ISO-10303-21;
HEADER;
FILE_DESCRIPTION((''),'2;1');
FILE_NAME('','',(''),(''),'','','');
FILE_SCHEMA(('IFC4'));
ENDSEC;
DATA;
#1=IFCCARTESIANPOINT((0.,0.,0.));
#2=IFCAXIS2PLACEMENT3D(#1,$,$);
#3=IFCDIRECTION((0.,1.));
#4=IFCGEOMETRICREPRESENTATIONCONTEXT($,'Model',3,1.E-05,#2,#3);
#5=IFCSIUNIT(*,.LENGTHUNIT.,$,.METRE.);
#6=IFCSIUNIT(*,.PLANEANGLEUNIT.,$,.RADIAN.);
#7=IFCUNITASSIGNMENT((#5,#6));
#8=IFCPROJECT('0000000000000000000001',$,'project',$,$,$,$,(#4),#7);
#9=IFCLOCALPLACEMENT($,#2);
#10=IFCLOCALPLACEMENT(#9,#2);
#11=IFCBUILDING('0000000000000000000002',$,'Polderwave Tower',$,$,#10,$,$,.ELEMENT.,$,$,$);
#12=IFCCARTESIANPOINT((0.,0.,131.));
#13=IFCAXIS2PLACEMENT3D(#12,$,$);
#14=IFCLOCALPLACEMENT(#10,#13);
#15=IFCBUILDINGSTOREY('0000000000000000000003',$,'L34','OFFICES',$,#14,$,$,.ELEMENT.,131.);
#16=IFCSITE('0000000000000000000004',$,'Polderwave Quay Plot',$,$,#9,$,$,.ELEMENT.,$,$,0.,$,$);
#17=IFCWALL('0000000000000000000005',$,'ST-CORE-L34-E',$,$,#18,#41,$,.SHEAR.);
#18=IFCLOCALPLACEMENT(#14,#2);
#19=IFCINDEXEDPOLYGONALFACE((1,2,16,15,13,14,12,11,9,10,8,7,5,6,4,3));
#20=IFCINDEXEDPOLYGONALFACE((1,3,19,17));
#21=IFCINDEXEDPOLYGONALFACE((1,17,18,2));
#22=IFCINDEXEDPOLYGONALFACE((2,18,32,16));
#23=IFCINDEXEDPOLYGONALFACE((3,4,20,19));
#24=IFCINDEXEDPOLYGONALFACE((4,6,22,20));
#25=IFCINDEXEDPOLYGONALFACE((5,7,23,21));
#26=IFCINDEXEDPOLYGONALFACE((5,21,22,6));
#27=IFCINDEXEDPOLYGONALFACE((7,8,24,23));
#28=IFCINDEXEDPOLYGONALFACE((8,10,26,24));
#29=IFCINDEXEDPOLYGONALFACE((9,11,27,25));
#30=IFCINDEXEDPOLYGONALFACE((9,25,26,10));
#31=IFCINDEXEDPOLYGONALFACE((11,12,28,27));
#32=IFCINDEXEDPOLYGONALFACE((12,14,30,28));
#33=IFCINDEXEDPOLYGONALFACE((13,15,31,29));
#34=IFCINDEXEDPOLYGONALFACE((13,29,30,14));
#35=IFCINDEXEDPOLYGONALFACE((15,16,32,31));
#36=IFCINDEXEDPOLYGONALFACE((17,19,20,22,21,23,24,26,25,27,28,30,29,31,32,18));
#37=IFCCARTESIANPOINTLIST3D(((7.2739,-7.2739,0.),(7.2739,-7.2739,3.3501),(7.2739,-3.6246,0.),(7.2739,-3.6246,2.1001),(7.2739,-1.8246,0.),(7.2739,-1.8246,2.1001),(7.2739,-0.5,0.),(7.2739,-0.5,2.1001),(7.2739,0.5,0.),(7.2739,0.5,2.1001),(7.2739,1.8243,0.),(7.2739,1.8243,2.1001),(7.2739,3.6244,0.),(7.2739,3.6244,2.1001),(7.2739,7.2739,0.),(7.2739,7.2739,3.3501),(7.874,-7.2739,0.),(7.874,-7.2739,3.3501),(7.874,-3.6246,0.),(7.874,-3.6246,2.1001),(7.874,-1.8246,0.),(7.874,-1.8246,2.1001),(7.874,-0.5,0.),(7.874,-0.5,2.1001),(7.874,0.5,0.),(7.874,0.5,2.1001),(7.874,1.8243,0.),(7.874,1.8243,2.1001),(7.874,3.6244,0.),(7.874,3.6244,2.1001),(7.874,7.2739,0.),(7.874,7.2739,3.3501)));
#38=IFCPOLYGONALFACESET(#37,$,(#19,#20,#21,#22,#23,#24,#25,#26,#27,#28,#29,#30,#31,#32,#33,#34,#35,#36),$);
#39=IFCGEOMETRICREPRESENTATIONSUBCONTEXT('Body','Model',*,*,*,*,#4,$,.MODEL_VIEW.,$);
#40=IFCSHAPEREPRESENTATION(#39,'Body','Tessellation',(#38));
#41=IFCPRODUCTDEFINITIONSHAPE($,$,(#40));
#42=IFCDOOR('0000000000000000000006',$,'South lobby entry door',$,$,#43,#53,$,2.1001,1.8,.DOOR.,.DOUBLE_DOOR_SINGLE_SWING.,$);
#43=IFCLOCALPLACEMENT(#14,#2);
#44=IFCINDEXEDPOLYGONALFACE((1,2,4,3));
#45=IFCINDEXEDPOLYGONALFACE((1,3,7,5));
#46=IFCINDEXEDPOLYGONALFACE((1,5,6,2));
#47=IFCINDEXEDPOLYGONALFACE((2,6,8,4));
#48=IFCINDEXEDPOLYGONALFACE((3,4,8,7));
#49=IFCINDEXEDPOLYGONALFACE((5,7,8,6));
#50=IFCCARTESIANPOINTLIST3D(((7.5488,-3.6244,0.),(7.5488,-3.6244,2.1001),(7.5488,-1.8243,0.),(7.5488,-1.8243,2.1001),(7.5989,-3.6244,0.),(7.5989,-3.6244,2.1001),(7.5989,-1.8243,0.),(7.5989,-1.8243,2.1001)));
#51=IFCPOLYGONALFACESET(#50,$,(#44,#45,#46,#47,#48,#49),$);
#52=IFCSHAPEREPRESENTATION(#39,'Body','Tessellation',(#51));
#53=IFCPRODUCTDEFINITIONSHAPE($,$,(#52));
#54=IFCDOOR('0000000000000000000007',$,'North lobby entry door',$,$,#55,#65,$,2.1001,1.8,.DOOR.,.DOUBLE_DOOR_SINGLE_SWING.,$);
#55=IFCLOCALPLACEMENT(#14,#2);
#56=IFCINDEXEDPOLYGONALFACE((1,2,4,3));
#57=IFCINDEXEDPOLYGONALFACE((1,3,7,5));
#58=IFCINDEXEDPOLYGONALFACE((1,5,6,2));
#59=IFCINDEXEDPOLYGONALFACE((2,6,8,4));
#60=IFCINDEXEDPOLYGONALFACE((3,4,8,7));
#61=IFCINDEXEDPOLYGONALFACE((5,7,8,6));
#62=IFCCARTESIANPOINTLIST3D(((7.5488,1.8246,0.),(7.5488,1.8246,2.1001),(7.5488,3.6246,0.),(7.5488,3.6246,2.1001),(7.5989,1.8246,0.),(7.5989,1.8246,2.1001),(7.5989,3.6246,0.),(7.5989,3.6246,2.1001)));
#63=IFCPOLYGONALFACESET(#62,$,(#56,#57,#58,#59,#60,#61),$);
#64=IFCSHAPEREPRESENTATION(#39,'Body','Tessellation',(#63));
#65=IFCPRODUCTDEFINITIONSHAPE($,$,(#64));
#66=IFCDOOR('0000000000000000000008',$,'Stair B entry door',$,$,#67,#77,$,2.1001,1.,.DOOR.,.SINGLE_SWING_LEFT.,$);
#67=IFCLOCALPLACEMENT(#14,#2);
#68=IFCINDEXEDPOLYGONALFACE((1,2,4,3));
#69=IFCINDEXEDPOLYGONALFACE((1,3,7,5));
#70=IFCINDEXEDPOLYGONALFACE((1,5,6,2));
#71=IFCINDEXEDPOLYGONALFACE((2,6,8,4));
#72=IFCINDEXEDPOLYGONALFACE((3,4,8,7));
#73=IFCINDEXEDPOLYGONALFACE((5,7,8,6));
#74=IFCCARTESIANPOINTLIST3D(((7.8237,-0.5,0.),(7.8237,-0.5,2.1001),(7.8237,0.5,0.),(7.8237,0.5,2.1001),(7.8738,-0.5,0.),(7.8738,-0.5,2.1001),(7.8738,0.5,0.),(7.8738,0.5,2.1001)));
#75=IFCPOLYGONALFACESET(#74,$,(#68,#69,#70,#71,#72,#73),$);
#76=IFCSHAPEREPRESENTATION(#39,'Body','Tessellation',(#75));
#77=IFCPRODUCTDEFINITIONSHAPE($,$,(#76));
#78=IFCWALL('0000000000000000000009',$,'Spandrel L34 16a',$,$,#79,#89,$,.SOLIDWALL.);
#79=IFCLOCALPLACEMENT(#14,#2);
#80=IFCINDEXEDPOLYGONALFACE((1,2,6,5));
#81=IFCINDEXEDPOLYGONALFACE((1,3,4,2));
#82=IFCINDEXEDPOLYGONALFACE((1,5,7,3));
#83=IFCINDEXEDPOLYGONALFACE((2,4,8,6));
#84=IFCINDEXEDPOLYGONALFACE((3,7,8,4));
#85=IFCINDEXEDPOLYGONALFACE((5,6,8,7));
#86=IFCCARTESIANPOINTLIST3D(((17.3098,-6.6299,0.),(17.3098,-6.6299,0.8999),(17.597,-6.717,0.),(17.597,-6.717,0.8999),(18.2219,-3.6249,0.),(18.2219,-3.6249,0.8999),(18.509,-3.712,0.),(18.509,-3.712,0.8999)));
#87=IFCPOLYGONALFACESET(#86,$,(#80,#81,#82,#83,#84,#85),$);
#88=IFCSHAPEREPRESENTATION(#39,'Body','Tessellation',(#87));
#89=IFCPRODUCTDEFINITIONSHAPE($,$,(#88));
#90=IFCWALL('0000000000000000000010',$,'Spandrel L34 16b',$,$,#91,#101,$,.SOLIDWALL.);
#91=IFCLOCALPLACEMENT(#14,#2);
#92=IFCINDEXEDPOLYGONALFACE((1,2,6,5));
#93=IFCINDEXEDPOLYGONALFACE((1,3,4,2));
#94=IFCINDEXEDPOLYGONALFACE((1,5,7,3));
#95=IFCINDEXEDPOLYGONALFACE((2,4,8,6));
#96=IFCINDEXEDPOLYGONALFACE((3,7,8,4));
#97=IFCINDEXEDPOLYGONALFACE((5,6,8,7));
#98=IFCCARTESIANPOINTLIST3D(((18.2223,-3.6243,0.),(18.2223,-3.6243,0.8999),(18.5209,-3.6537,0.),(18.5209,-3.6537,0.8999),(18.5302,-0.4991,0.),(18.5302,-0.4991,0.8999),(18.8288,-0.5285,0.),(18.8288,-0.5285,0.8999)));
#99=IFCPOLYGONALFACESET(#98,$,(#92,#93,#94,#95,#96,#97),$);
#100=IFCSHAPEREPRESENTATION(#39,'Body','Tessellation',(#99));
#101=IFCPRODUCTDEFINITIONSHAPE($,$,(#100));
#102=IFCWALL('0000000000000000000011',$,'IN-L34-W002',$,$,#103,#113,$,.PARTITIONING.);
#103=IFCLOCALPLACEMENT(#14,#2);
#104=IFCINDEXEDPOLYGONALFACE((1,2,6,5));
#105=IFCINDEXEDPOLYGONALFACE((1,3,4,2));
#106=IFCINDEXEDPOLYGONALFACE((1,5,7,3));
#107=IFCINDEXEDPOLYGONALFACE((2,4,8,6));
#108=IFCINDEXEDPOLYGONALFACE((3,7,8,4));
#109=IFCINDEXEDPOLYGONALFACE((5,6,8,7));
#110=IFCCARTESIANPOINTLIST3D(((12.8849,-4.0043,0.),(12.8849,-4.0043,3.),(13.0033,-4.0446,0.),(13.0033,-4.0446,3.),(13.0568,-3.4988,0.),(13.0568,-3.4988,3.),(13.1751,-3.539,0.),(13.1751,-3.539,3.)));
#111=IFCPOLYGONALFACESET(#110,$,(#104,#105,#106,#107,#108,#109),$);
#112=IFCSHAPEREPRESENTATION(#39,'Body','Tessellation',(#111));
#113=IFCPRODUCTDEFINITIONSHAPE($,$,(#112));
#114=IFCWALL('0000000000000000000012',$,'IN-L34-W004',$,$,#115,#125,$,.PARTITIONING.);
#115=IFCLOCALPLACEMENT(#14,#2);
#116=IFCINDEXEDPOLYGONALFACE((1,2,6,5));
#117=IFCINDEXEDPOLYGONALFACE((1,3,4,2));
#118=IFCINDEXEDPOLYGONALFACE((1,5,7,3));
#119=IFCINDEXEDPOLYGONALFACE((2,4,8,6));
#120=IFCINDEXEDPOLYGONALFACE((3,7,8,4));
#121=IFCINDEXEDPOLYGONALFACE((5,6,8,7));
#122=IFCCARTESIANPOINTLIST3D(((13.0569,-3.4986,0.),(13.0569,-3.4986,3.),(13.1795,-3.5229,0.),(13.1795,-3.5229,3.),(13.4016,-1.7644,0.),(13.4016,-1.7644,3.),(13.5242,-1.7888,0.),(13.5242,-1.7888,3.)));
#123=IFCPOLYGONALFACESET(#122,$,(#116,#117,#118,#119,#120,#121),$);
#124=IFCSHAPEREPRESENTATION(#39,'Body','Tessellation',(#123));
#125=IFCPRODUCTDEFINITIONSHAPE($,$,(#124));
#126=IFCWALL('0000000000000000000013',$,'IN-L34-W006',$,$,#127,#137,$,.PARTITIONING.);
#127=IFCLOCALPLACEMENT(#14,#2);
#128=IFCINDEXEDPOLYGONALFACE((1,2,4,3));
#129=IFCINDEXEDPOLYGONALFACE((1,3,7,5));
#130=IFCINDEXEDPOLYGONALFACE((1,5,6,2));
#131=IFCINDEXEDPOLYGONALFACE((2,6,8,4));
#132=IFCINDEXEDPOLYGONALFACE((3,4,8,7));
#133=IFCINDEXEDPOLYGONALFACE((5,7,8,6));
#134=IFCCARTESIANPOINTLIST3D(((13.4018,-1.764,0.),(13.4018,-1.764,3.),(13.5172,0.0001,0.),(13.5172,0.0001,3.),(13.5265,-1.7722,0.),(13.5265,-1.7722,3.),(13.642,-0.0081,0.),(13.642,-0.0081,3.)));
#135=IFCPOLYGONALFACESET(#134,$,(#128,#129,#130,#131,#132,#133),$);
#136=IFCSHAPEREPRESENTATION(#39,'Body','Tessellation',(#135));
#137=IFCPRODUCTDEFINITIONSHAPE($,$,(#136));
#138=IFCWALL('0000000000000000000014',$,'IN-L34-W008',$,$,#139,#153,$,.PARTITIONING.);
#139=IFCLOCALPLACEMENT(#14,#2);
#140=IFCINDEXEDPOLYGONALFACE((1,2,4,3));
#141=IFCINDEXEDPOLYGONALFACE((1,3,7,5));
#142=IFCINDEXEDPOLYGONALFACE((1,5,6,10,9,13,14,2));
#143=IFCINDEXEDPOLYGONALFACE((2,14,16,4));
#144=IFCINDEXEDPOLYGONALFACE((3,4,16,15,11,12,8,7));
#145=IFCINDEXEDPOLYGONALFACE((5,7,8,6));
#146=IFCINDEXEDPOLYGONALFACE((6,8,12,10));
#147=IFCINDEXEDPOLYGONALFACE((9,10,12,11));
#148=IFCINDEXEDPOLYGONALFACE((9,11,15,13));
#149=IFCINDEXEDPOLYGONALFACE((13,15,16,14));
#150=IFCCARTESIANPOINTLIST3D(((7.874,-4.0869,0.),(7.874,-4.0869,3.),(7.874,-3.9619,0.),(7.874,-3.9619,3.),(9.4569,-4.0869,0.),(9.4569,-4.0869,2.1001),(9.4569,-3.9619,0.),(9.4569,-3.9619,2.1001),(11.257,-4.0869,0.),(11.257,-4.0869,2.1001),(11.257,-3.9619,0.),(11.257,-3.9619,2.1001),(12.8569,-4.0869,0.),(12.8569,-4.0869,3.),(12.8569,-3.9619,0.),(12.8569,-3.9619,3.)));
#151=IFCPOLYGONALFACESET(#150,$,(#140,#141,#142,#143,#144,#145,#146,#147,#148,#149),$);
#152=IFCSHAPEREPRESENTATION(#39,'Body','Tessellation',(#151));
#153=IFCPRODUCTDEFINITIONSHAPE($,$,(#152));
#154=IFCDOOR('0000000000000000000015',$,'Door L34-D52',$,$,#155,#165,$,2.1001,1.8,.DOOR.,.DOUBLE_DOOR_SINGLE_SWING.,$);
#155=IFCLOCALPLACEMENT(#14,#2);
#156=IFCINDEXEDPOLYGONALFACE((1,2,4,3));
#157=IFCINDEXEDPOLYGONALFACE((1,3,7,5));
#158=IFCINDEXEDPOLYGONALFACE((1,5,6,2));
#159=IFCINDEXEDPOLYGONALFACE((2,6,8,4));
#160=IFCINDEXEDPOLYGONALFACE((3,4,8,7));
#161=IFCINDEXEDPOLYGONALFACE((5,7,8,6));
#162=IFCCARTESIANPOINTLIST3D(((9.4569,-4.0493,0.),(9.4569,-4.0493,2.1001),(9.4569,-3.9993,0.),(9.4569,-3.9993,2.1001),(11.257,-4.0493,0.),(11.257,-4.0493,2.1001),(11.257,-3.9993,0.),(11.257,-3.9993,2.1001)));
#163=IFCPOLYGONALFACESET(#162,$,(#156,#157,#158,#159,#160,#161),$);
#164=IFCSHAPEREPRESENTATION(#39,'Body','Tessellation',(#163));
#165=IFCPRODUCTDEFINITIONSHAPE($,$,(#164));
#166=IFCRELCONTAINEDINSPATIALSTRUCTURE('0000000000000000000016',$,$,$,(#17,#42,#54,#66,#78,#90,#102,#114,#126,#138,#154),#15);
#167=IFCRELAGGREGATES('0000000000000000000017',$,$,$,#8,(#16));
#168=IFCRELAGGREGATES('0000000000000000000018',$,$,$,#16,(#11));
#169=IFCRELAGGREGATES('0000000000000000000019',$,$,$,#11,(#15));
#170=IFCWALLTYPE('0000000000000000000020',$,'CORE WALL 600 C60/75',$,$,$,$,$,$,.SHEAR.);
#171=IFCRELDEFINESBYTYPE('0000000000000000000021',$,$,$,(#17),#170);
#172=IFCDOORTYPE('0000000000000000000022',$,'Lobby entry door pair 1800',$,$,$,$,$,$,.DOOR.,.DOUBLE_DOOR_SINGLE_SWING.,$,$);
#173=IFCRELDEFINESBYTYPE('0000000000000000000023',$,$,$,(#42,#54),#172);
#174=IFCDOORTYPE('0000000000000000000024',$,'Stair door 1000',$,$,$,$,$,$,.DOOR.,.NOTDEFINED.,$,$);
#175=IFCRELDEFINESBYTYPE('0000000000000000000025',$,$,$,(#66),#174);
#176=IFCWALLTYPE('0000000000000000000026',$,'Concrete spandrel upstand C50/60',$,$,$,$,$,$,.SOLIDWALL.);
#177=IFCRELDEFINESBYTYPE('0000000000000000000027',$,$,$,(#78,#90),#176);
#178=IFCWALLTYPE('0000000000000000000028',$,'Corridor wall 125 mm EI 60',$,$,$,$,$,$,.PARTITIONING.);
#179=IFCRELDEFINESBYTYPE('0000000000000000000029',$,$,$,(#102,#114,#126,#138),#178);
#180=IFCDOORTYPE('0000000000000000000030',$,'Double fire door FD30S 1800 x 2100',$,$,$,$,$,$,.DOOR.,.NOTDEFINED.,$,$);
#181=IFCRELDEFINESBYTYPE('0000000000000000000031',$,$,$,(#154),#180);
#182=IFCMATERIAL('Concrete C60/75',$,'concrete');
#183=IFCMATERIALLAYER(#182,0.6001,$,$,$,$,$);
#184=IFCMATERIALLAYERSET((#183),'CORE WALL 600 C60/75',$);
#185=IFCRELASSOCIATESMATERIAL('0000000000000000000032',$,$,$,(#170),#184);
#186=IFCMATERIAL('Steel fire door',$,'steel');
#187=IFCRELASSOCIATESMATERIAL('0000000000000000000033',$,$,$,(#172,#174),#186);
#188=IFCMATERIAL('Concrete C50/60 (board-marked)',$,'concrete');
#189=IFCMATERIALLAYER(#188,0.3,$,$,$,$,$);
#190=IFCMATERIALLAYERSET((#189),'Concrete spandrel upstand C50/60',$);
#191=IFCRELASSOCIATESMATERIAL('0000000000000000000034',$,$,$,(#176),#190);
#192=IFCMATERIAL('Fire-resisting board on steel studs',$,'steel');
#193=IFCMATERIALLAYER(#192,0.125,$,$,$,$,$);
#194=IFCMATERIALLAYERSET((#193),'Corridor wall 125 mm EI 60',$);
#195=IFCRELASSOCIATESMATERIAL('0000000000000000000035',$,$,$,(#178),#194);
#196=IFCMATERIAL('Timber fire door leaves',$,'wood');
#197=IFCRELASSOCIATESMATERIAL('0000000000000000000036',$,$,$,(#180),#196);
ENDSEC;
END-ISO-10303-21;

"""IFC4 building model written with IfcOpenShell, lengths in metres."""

from ifc_helpers import new_model, si_unit, direction, frame, frame_2d, origin, place, context, subcontext, project, spatial, rectangle, extrude, material, layer, layer_set, type_object, element, fill, save


model = new_model("IFC4")

# Units and contexts
model_context = context("Model", 3, precision=1e-05, world=origin(), true_north=direction((0.0, 1.0)))
body_context = subcontext(model_context, "Body", "Model", "MODEL_VIEW")
ifc_project = project(units=[si_unit("LENGTHUNIT", "METRE"), si_unit("PLANEANGLEUNIT", "RADIAN")], contexts=[model_context])

# Site, building, storey
site_placement = place(None, origin())
site = spatial("IfcSite", under=ifc_project, at=site_placement, Name="Polderwave Quay Plot", CompositionType="ELEMENT", RefElevation=0.0)
building_placement = place(site_placement, origin())
building = spatial("IfcBuilding", under=site, at=building_placement, Name="Polderwave Tower", CompositionType="ELEMENT")
storey_placement = place(building_placement, frame((0.0, 0.0, 131.0)))
storey = spatial("IfcBuildingStorey", under=building, at=storey_placement, Name="L34", Description="OFFICES", CompositionType="ELEMENT", Elevation=131.0)

# Shared definitions
ifc_material_1 = material(Name="Concrete C60/75", Category="concrete")

# Wall, openings, doors
ifc_layer_1 = layer(ifc_material_1, 0.6001)
ifc_layer_set_1 = layer_set([ifc_layer_1], Name="CORE WALL 600 C60/75")
wall_type_1 = type_object("IfcWallType", Name="CORE WALL 600 C60/75", PredefinedType="SHEAR", material=ifc_layer_set_1)
wall_1_placement = place(storey_placement, frame((7.574, -7.2739, 0.0), z_axis=(0.0, 0.0, 1.0), x_axis=(0.0, 1.0, 0.0)))
wall_1 = element("IfcWall", 1, at=wall_1_placement, inside=storey, type_object=wall_type_1, Name="ST-CORE-L34-E", PredefinedType="SHEAR", context=body_context, shape_type="SweptSolid", body=[
    extrude(rectangle(XDim=14.5479, YDim=0.6001, at=frame_2d((7.2739, 0.0))), origin(), (0.0, 0.0, 1.0), 3.3501),
])
opening_1_placement = place(wall_1_placement, frame((6.7739, 0.0, 0.0)))
opening_1 = element("IfcOpeningElement", 2, at=opening_1_placement, cuts=wall_1, PredefinedType="OPENING", context=body_context, shape_type="SweptSolid", body=[
    extrude(rectangle(XDim=1.0, YDim=2.1001, at=frame_2d((0.5, 1.05))), frame((0.0, 0.3101, 0.0), z_axis=(0.0, -1.0, 0.0), x_axis=(1.0, 0.0, 0.0)), (0.0, 0.0, 1.0), 0.6201),
])
opening_2_placement = place(wall_1_placement, frame((3.6494, 0.0, 0.0)))
opening_2 = element("IfcOpeningElement", 3, at=opening_2_placement, cuts=wall_1, PredefinedType="OPENING", context=body_context, shape_type="SweptSolid", body=[
    extrude(rectangle(XDim=1.8, YDim=2.1001, at=frame_2d((0.8999, 1.05))), frame((0.0, 0.3101, 0.0), z_axis=(0.0, -1.0, 0.0), x_axis=(1.0, 0.0, 0.0)), (0.0, 0.0, 1.0), 0.6201),
])
opening_3_placement = place(wall_1_placement, frame((9.0984, 0.0, 0.0)))
opening_3 = element("IfcOpeningElement", 4, at=opening_3_placement, cuts=wall_1, PredefinedType="OPENING", context=body_context, shape_type="SweptSolid", body=[
    extrude(rectangle(XDim=1.8, YDim=2.1001, at=frame_2d((0.8999, 1.05))), frame((0.0, 0.3101, 0.0), z_axis=(0.0, -1.0, 0.0), x_axis=(1.0, 0.0, 0.0)), (0.0, 0.0, 1.0), 0.6201),
])
ifc_material_2 = material(Name="Steel fire door", Category="steel")
door_type_1 = type_object("IfcDoorType", Name="Lobby entry door pair 1800", OperationType="DOUBLE_DOOR_SINGLE_SWING", PredefinedType="DOOR", material=ifc_material_2)
door_1_placement = place(opening_2_placement, frame((1.8, 0.0, 0.0), z_axis=(0.0, 0.0, 1.0), x_axis=(-1.0, 0.0, 0.0)))
door_1 = element("IfcDoor", 5, at=door_1_placement, inside=storey, type_object=door_type_1, Name="South lobby entry door", OperationType="DOUBLE_DOOR_SINGLE_SWING", OverallHeight=2.1001, OverallWidth=1.8, PredefinedType="DOOR", context=body_context, shape_type="SweptSolid", body=[
    extrude(rectangle(XDim=1.8, YDim=2.1001, at=frame_2d((0.8999, 1.05))), frame((0.0, 0.0249, 0.0), z_axis=(0.0, -1.0, 0.0), x_axis=(1.0, 0.0, 0.0)), (0.0, 0.0, 1.0), 0.05),
])
fill(opening_2, door_1)
door_2_placement = place(opening_3_placement, frame((1.8, 0.0, 0.0), z_axis=(0.0, 0.0, 1.0), x_axis=(-1.0, 0.0, 0.0)))
door_2 = element("IfcDoor", 6, at=door_2_placement, inside=storey, type_object=door_type_1, Name="North lobby entry door", OperationType="DOUBLE_DOOR_SINGLE_SWING", OverallHeight=2.1001, OverallWidth=1.8, PredefinedType="DOOR", context=body_context, shape_type="SweptSolid", body=[
    extrude(rectangle(XDim=1.8, YDim=2.1001, at=frame_2d((0.8999, 1.05))), frame((0.0, 0.0249, 0.0), z_axis=(0.0, -1.0, 0.0), x_axis=(1.0, 0.0, 0.0)), (0.0, 0.0, 1.0), 0.05),
])
fill(opening_3, door_2)
door_type_2 = type_object("IfcDoorType", Name="Stair door 1000", OperationType="NOTDEFINED", PredefinedType="DOOR", material=ifc_material_2)
door_3_placement = place(opening_1_placement, frame((1.0, 0.0, 0.0), z_axis=(0.0, 0.0, 1.0), x_axis=(-1.0, 0.0, 0.0)))
door_3 = element("IfcDoor", 7, at=door_3_placement, inside=storey, type_object=door_type_2, Name="Stair B entry door", OperationType="SINGLE_SWING_LEFT", OverallHeight=2.1001, OverallWidth=1.0, PredefinedType="DOOR", context=body_context, shape_type="SweptSolid", body=[
    extrude(rectangle(XDim=1.0, YDim=2.1001, at=frame_2d((0.5, 1.05))), frame((0.0, 0.2998, 0.0), z_axis=(0.0, -1.0, 0.0), x_axis=(1.0, 0.0, 0.0)), (0.0, 0.0, 1.0), 0.05),
])
fill(opening_1, door_3)

# Walls
ifc_material_3 = material(Name="Concrete C50/60 (board-marked)", Category="concrete")
ifc_layer_2 = layer(ifc_material_3, 0.3)
ifc_layer_set_2 = layer_set([ifc_layer_2], Name="Concrete spandrel upstand C50/60")
wall_type_2 = type_object("IfcWallType", Name="Concrete spandrel upstand C50/60", PredefinedType="SOLIDWALL", material=ifc_layer_set_2)
for number, where, z_axis, x_axis, name in (
    (8, (17.4534, -6.6736, 0.0), (0.0, 0.0, 1.0), (0.290435, 0.956895, 0.0), "Spandrel L34 16a"),
    (9, (18.3716, -3.6392, 0.0), (0.0, 0.0, 1.0), (0.098033, 0.995183, 0.0), "Spandrel L34 16b"),
):
    element("IfcWall", number, at=place(storey_placement, frame(where, z_axis=z_axis, x_axis=x_axis)), inside=storey, type_object=wall_type_2, Name=name, PredefinedType="SOLIDWALL", context=body_context, shape_type="SweptSolid", body=[
        extrude(rectangle(XDim=3.1404, YDim=0.3, at=frame_2d((1.5703, 0.0))), origin(), (0.0, 0.0, 1.0), 0.8999),
    ])
ifc_material_4 = material(Name="Fire-resisting board on steel studs", Category="steel")
ifc_layer_3 = layer(ifc_material_4, 0.125)
ifc_layer_set_3 = layer_set([ifc_layer_3], Name="Corridor wall 125 mm EI 60")
wall_type_3 = type_object("IfcWallType", Name="Corridor wall 125 mm EI 60", PredefinedType="PARTITIONING", material=ifc_layer_set_3)
wall_2_placement = place(storey_placement, frame((13.116, -3.5188, 0.0), z_axis=(0.0, 0.0, 1.0), x_axis=(-0.321845, -0.946792, 0.0)))
element("IfcWall", 10, at=wall_2_placement, inside=storey, type_object=wall_type_3, Name="IN-L34-W002", PredefinedType="PARTITIONING", context=body_context, shape_type="SweptSolid", body=[
    extrude(rectangle(XDim=0.5339, YDim=0.125, at=frame_2d((0.2671, 0.0))), origin(), (0.0, 0.0, 1.0), 3.0),
])
wall_3_placement = place(storey_placement, frame((13.4629, -1.7766, 0.0), z_axis=(0.0, 0.0, 1.0), x_axis=(-0.194974, -0.980808, 0.0)))
element("IfcWall", 11, at=wall_3_placement, inside=storey, type_object=wall_type_3, Name="IN-L34-W004", PredefinedType="PARTITIONING", context=body_context, shape_type="SweptSolid", body=[
    extrude(rectangle(XDim=1.7681, YDim=0.125, at=frame_2d((0.884, 0.0))), origin(), (0.0, 0.0, 1.0), 3.0),
])
wall_4_placement = place(storey_placement, frame((13.5796, -0.0042, 0.0), z_axis=(0.0, 0.0, 1.0), x_axis=(-0.065318, -0.997864, 0.0)))
element("IfcWall", 12, at=wall_4_placement, inside=storey, type_object=wall_type_3, Name="IN-L34-W006", PredefinedType="PARTITIONING", context=body_context, shape_type="SweptSolid", body=[
    extrude(rectangle(XDim=1.7678, YDim=0.125, at=frame_2d((0.8838, 0.0))), origin(), (0.0, 0.0, 1.0), 3.0),
])

# Wall, opening, door
wall_5_placement = place(storey_placement, frame((12.8569, -4.0244, 0.0), z_axis=(0.0, 0.0, 1.0), x_axis=(-1.0, 0.0, 0.0)))
wall_5 = element("IfcWall", 13, at=wall_5_placement, inside=storey, type_object=wall_type_3, Name="IN-L34-W008", PredefinedType="PARTITIONING", context=body_context, shape_type="SweptSolid", body=[
    extrude(rectangle(XDim=4.9829, YDim=0.125, at=frame_2d((2.4915, 0.0))), origin(), (0.0, 0.0, 1.0), 3.0),
])
opening_4_placement = place(wall_5_placement, frame((1.6001, 0.0, 0.0)))
opening_4 = element("IfcOpeningElement", 14, at=opening_4_placement, cuts=wall_5, PredefinedType="OPENING", context=body_context, shape_type="SweptSolid", body=[
    extrude(rectangle(XDim=1.8, YDim=2.1001, at=frame_2d((0.8999, 1.05))), frame((0.0, 0.0725, 0.0), z_axis=(0.0, -1.0, 0.0), x_axis=(1.0, 0.0, 0.0)), (0.0, 0.0, 1.0), 0.145),
])
ifc_material_5 = material(Name="Timber fire door leaves", Category="wood")
door_type_3 = type_object("IfcDoorType", Name="Double fire door FD30S 1800 x 2100", OperationType="NOTDEFINED", PredefinedType="DOOR", material=ifc_material_5)
door_4_placement = place(opening_4_placement, origin())
door_4 = element("IfcDoor", 15, at=door_4_placement, inside=storey, type_object=door_type_3, Name="Door L34-D52", OperationType="DOUBLE_DOOR_SINGLE_SWING", OverallHeight=2.1001, OverallWidth=1.8, PredefinedType="DOOR", context=body_context, shape_type="SweptSolid", body=[
    extrude(rectangle(XDim=1.8, YDim=2.1001, at=frame_2d((0.8999, 1.05))), frame((0.0, 0.0249, 0.0), z_axis=(0.0, -1.0, 0.0), x_axis=(1.0, 0.0, 0.0)), (0.0, 0.0, 1.0), 0.05),
])
fill(opening_4, door_4)

save(model, "model.ifc")
